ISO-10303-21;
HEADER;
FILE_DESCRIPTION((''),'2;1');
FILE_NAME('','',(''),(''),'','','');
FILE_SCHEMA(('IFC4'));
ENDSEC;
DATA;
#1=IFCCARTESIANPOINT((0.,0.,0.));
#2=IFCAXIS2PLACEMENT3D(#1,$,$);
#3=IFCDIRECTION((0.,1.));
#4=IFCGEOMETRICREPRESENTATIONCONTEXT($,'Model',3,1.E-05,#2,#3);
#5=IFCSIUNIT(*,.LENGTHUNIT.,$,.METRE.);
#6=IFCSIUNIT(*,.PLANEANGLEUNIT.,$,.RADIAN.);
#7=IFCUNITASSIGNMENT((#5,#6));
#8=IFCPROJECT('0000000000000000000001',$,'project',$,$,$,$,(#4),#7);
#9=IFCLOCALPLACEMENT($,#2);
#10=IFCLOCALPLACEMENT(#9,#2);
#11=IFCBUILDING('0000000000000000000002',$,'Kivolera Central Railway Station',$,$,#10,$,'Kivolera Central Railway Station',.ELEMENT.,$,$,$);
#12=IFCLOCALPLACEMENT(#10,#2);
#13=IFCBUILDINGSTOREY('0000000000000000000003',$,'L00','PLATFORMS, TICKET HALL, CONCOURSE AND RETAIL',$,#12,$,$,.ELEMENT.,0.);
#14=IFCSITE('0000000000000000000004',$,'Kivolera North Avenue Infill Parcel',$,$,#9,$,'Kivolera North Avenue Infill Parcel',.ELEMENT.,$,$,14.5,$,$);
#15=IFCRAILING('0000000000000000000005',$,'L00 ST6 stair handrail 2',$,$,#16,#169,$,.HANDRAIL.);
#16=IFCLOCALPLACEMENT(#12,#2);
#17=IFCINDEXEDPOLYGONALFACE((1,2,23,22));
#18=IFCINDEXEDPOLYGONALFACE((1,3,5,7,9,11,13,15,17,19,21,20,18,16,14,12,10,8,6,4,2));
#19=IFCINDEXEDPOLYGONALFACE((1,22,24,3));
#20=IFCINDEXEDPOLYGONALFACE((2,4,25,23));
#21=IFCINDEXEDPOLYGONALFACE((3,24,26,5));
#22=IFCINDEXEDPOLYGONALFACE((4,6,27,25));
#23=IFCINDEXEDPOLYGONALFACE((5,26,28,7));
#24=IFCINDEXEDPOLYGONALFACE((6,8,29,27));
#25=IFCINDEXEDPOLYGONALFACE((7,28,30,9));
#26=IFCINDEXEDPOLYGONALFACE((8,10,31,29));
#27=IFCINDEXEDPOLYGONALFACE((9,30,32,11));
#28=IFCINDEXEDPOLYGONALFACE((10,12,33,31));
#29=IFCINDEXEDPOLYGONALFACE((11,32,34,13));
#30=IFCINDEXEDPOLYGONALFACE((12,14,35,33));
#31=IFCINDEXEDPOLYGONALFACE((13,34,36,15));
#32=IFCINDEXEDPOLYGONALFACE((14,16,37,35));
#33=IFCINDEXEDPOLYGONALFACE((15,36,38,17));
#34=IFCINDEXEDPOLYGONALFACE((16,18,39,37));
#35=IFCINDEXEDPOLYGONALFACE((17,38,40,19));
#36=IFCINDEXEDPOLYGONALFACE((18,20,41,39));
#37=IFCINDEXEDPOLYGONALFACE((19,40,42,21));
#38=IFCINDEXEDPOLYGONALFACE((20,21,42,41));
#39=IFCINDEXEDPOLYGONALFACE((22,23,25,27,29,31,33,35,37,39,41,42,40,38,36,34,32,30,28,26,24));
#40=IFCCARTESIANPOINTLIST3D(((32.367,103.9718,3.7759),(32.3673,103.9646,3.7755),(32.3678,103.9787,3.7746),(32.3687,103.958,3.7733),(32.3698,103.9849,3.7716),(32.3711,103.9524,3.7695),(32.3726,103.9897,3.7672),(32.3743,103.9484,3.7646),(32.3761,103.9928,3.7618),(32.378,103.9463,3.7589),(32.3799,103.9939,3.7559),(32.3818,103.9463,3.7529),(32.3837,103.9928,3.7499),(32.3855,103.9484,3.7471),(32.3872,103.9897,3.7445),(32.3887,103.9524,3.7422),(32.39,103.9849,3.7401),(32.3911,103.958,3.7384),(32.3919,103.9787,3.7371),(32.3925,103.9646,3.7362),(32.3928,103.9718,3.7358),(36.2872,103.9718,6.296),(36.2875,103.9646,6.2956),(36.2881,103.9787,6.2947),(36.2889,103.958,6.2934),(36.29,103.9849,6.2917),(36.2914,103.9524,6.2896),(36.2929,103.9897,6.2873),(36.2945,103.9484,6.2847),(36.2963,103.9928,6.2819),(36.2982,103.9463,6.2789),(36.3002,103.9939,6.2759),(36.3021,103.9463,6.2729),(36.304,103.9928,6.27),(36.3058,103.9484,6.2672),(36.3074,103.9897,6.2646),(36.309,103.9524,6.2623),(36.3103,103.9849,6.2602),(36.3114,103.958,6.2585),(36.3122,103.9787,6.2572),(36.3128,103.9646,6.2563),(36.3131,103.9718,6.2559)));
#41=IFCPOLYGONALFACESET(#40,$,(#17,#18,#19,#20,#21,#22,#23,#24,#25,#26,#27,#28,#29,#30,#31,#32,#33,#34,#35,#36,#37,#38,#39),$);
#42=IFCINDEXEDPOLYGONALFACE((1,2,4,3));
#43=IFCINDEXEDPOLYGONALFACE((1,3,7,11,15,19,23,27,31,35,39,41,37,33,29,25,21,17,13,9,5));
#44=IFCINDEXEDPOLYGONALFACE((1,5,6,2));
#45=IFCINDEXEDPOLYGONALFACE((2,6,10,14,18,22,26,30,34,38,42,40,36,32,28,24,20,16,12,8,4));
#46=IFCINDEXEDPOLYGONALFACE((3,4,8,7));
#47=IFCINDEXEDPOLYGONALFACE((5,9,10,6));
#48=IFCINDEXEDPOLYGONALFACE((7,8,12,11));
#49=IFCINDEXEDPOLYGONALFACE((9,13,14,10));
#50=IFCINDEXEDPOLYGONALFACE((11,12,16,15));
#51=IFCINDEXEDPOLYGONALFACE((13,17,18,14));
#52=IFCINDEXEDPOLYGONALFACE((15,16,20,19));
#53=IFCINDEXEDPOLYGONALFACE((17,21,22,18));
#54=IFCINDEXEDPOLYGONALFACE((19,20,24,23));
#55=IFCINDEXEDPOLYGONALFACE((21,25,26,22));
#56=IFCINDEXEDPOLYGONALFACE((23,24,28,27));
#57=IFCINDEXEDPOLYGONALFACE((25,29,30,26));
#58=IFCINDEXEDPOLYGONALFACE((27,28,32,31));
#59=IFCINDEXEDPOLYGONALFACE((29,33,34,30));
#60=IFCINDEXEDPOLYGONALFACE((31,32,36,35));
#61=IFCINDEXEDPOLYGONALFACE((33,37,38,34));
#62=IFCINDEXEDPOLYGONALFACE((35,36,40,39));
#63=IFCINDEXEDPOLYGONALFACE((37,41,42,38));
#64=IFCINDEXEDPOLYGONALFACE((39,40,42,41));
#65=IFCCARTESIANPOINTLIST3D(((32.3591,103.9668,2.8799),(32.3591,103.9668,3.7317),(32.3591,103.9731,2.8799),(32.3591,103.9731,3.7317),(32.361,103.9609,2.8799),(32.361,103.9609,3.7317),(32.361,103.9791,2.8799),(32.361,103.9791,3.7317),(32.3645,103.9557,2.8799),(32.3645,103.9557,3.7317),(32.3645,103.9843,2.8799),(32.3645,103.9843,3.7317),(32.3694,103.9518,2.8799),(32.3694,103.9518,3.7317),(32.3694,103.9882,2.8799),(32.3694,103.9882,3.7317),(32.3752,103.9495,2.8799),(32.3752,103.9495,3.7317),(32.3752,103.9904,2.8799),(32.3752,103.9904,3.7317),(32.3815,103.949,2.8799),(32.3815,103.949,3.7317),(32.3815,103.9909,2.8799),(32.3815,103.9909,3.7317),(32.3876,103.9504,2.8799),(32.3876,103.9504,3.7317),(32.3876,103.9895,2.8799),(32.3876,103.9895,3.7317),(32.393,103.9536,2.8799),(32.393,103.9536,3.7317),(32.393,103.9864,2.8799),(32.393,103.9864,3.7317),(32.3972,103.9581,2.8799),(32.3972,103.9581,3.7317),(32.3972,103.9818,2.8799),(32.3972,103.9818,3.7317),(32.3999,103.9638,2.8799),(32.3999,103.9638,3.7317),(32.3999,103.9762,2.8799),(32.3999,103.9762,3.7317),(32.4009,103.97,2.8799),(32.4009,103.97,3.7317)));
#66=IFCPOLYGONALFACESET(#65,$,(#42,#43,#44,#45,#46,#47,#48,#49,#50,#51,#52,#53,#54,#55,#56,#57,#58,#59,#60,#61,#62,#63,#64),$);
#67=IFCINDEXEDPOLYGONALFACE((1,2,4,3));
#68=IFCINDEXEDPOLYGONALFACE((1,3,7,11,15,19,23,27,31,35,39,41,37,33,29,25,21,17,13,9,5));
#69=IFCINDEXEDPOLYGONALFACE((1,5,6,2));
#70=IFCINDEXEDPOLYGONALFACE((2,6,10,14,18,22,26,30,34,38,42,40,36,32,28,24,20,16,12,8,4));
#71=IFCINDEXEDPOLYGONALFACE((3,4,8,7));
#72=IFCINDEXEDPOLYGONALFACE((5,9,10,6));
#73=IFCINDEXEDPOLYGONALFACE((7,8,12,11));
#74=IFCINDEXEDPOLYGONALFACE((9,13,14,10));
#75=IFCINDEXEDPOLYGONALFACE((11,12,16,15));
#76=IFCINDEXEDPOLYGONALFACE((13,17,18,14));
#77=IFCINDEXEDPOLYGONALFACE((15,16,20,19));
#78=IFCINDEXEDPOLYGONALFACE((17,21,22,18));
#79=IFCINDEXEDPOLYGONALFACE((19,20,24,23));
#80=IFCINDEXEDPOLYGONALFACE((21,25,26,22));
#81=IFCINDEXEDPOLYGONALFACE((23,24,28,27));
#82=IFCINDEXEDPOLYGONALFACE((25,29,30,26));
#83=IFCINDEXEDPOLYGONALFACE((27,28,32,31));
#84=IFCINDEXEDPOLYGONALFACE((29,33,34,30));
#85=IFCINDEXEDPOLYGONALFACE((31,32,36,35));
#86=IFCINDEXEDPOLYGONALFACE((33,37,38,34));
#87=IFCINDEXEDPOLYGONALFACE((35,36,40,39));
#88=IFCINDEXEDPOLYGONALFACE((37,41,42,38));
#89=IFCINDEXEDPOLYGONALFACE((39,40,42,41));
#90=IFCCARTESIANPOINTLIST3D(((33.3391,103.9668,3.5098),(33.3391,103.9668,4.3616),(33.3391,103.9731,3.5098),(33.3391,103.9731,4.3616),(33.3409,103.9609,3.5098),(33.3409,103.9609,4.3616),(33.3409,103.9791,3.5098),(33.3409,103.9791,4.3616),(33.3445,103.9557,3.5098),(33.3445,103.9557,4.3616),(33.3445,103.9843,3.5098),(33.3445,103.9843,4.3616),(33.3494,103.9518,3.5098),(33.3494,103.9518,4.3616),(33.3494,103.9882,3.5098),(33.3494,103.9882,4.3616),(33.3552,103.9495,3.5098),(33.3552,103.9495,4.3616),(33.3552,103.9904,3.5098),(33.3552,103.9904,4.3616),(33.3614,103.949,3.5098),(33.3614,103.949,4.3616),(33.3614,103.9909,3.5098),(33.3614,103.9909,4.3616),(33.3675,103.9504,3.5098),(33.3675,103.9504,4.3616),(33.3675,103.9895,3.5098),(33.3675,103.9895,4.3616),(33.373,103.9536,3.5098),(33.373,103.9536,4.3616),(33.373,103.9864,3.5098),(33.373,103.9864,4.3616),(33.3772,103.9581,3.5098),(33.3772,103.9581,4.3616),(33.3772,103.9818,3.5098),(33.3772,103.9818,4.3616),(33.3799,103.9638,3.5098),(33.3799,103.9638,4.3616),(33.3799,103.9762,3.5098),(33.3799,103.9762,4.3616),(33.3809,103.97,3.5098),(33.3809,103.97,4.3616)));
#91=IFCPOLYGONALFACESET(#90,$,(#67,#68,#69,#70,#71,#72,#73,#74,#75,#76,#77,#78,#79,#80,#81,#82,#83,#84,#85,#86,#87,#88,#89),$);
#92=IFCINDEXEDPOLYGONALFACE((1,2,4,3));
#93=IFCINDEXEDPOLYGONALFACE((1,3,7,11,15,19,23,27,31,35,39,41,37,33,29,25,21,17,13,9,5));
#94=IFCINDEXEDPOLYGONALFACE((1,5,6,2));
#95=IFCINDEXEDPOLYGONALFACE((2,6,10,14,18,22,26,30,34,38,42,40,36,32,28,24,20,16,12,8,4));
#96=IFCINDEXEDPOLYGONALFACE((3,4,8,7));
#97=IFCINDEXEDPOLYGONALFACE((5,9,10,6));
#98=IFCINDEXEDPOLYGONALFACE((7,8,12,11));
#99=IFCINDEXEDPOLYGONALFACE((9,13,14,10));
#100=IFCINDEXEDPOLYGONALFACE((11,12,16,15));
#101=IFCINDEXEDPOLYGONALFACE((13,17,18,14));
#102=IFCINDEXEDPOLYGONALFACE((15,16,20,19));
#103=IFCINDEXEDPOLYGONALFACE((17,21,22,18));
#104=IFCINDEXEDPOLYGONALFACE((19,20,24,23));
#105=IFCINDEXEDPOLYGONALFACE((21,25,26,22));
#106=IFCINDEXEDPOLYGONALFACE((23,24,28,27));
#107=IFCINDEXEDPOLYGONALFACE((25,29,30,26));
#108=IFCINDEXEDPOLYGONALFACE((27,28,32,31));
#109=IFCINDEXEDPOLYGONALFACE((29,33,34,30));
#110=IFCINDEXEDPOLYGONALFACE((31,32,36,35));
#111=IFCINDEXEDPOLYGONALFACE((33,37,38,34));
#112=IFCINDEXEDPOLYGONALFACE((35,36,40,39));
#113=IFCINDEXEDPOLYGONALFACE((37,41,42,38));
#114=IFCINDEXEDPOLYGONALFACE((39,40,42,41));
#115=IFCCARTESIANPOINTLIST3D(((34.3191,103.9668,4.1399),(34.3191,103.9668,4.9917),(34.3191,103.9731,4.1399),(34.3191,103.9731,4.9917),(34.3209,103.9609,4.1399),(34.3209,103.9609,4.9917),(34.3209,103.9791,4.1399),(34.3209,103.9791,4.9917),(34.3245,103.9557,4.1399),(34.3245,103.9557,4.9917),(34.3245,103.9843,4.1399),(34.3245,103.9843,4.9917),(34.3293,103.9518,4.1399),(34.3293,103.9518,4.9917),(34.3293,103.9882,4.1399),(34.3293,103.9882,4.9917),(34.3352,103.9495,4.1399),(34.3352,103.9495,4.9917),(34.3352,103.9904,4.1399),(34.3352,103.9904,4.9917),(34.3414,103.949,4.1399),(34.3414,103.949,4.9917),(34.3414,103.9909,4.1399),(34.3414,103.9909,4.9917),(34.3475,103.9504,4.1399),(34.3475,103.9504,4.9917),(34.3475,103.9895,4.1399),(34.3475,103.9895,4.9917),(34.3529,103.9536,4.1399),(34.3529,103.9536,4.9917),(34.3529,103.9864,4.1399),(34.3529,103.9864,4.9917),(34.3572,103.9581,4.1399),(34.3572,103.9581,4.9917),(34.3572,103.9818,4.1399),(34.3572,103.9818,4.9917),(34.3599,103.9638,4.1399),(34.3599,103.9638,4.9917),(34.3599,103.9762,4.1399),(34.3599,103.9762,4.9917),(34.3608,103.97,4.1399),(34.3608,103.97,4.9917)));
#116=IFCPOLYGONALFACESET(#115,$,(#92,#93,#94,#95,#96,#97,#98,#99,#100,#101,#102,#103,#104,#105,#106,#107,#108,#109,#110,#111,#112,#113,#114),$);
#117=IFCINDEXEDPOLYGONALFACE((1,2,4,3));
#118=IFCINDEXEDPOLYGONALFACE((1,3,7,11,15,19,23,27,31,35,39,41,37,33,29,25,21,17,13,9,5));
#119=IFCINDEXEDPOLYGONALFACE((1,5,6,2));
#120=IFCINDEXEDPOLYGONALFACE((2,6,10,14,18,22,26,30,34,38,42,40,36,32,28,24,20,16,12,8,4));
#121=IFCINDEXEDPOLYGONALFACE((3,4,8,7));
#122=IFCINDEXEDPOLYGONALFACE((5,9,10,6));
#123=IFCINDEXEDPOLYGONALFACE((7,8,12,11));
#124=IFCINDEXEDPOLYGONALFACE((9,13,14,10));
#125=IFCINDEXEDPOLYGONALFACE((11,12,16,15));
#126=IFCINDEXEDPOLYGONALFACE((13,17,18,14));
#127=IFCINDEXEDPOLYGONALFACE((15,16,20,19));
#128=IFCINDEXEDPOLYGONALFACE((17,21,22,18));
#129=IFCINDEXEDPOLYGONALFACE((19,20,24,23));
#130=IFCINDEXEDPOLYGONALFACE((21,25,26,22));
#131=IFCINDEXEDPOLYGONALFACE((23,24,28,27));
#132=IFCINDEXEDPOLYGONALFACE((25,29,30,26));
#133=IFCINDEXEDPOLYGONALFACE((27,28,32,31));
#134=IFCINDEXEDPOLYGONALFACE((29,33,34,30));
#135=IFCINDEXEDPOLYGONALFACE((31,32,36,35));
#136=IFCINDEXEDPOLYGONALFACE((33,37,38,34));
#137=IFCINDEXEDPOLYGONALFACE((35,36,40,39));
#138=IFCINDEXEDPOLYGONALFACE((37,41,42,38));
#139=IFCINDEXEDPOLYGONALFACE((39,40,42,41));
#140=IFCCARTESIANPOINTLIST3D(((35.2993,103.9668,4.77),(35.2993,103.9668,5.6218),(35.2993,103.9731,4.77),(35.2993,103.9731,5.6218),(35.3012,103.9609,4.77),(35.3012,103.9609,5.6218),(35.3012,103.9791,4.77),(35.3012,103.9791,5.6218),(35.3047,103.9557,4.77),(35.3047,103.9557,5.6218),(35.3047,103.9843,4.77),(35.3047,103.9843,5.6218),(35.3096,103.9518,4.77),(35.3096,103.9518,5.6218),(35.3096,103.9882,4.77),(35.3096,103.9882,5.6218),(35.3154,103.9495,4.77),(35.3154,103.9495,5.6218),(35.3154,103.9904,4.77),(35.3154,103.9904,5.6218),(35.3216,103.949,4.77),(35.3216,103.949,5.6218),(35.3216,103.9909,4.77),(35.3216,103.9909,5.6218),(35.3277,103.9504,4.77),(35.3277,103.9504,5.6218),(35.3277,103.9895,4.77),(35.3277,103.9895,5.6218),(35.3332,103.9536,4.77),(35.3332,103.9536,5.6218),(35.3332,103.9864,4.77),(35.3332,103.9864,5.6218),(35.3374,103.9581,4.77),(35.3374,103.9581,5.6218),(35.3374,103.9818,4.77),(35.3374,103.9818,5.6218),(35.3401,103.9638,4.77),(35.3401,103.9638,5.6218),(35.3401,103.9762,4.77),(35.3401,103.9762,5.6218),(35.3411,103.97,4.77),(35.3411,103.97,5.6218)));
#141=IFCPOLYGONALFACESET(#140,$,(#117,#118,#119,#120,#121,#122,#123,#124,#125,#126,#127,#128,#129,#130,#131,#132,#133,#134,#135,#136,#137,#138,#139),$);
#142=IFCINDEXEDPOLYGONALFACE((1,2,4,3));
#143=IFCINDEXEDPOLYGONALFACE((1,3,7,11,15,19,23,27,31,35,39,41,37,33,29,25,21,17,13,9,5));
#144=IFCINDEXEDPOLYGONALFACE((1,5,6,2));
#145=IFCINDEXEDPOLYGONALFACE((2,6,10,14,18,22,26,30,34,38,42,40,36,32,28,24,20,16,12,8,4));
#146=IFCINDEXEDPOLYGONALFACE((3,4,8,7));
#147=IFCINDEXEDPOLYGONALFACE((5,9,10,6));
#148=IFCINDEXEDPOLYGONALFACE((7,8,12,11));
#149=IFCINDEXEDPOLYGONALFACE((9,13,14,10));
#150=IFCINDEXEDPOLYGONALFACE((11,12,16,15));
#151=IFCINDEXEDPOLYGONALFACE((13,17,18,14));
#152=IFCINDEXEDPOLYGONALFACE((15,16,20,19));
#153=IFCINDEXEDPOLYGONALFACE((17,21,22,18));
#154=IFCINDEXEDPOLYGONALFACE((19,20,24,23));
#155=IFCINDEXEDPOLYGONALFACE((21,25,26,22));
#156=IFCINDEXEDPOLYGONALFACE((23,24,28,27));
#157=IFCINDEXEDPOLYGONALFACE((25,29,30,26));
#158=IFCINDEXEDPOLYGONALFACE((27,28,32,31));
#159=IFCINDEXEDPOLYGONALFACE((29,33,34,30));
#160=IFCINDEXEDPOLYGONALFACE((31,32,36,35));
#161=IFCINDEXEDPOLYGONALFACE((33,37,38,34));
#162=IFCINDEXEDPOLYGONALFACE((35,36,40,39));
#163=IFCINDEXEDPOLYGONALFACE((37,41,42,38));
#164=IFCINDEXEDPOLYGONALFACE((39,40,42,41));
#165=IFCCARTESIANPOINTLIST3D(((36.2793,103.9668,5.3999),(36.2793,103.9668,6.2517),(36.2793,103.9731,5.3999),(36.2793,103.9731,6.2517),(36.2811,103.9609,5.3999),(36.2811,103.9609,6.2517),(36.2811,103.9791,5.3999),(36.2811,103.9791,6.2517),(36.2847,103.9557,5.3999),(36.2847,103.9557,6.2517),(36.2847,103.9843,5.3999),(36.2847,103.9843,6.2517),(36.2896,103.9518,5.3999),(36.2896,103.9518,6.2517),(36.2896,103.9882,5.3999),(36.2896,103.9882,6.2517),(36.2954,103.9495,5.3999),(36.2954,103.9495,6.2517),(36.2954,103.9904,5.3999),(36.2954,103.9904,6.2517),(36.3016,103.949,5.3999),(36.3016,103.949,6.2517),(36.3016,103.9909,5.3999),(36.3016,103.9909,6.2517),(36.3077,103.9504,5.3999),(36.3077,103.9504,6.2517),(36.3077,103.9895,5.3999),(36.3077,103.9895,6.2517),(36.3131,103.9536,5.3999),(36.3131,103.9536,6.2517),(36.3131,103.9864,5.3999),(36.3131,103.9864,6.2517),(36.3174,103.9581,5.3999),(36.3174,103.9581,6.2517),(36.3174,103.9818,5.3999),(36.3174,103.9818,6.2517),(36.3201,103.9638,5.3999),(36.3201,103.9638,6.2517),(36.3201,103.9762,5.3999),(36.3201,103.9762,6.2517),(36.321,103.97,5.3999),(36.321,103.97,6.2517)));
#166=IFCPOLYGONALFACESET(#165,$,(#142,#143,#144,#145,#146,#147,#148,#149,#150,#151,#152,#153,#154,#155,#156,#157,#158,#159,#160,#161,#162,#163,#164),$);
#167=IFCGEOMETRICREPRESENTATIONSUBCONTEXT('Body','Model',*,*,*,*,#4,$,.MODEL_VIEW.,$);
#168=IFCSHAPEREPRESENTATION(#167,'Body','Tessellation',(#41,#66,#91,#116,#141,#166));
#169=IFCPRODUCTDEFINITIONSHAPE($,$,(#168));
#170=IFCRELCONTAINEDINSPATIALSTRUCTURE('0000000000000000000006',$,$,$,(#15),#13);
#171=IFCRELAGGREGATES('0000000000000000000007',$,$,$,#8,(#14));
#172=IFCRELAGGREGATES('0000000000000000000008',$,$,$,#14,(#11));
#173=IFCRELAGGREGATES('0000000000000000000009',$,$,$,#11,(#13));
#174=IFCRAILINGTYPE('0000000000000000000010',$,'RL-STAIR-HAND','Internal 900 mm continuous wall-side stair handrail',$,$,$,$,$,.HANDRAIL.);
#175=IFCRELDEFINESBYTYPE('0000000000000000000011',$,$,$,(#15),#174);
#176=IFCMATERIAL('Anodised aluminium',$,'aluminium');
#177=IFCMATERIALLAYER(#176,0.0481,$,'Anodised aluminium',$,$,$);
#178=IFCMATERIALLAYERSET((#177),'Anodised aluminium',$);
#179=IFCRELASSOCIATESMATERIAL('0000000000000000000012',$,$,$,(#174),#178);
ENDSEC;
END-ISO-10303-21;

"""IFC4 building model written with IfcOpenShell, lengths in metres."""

from ifc_helpers import new_model, si_unit, direction, frame, origin, origin_2d, place, context, subcontext, project, spatial, circle, extrude, material, layer, layer_set, type_object, element, save


model = new_model("IFC4")

# Units and contexts
model_context = context("Model", 3, precision=1e-05, world=origin(), true_north=direction((0.0, 1.0)))
body_context = subcontext(model_context, "Body", "Model", "MODEL_VIEW")
ifc_project = project(units=[si_unit("LENGTHUNIT", "METRE"), si_unit("PLANEANGLEUNIT", "RADIAN")], contexts=[model_context])

# Site, building, storey
site_placement = place(None, origin())
site = spatial("IfcSite", under=ifc_project, at=site_placement, Name="Kivolera North Avenue Infill Parcel", LongName="Kivolera North Avenue Infill Parcel", CompositionType="ELEMENT", RefElevation=14.5)
building_placement = place(site_placement, origin())
building = spatial("IfcBuilding", under=site, at=building_placement, Name="Kivolera Central Railway Station", LongName="Kivolera Central Railway Station", CompositionType="ELEMENT")
storey_placement = place(building_placement, origin())
storey = spatial("IfcBuildingStorey", under=building, at=storey_placement, Name="L00", Description="PLATFORMS, TICKET HALL, CONCOURSE AND RETAIL", CompositionType="ELEMENT", Elevation=0.0)

# Shared definitions
ifc_material_1 = material(Name="Anodised aluminium", Category="aluminium")

# Railing
ifc_layer_1 = layer(ifc_material_1, 0.0481, Name="Anodised aluminium")
ifc_layer_set_1 = layer_set([ifc_layer_1], Name="Anodised aluminium")
railing_type = type_object("IfcRailingType", Name="RL-STAIR-HAND", Description="Internal 900 mm continuous wall-side stair handrail", PredefinedType="HANDRAIL", material=ifc_layer_set_1)
railing_placement = place(storey_placement, frame((32.3799, 103.97, 2.8799)))
element("IfcRailing", 1, at=railing_placement, inside=storey, type_object=railing_type, Name="L00 ST6 stair handrail 2", PredefinedType="HANDRAIL", context=body_context, shape_type="SweptSolid", body=[
    extrude(circle(Radius=0.0239, at=origin_2d()), frame((0.0, 0.0, 0.876), z_axis=(0.841187, 0.0, 0.540744), x_axis=(0.0, 1.0, 0.0)), (0.0, 0.0, 1.0), 4.6604),
    extrude(circle(Radius=0.021, at=origin_2d()), origin(), (0.0, 0.0, 1.0), 0.8518),
    extrude(circle(Radius=0.021, at=origin_2d()), frame((0.98, 0.0, 0.6299)), (0.0, 0.0, 1.0), 0.8518),
    extrude(circle(Radius=0.021, at=origin_2d()), frame((1.96, 0.0, 1.26)), (0.0, 0.0, 1.0), 0.8518),
    extrude(circle(Radius=0.021, at=origin_2d()), frame((2.9402, 0.0, 1.8901)), (0.0, 0.0, 1.0), 0.8518),
    extrude(circle(Radius=0.021, at=origin_2d()), frame((3.9202, 0.0, 2.52)), (0.0, 0.0, 1.0), 0.8518),
])

save(model, "model.ifc")
